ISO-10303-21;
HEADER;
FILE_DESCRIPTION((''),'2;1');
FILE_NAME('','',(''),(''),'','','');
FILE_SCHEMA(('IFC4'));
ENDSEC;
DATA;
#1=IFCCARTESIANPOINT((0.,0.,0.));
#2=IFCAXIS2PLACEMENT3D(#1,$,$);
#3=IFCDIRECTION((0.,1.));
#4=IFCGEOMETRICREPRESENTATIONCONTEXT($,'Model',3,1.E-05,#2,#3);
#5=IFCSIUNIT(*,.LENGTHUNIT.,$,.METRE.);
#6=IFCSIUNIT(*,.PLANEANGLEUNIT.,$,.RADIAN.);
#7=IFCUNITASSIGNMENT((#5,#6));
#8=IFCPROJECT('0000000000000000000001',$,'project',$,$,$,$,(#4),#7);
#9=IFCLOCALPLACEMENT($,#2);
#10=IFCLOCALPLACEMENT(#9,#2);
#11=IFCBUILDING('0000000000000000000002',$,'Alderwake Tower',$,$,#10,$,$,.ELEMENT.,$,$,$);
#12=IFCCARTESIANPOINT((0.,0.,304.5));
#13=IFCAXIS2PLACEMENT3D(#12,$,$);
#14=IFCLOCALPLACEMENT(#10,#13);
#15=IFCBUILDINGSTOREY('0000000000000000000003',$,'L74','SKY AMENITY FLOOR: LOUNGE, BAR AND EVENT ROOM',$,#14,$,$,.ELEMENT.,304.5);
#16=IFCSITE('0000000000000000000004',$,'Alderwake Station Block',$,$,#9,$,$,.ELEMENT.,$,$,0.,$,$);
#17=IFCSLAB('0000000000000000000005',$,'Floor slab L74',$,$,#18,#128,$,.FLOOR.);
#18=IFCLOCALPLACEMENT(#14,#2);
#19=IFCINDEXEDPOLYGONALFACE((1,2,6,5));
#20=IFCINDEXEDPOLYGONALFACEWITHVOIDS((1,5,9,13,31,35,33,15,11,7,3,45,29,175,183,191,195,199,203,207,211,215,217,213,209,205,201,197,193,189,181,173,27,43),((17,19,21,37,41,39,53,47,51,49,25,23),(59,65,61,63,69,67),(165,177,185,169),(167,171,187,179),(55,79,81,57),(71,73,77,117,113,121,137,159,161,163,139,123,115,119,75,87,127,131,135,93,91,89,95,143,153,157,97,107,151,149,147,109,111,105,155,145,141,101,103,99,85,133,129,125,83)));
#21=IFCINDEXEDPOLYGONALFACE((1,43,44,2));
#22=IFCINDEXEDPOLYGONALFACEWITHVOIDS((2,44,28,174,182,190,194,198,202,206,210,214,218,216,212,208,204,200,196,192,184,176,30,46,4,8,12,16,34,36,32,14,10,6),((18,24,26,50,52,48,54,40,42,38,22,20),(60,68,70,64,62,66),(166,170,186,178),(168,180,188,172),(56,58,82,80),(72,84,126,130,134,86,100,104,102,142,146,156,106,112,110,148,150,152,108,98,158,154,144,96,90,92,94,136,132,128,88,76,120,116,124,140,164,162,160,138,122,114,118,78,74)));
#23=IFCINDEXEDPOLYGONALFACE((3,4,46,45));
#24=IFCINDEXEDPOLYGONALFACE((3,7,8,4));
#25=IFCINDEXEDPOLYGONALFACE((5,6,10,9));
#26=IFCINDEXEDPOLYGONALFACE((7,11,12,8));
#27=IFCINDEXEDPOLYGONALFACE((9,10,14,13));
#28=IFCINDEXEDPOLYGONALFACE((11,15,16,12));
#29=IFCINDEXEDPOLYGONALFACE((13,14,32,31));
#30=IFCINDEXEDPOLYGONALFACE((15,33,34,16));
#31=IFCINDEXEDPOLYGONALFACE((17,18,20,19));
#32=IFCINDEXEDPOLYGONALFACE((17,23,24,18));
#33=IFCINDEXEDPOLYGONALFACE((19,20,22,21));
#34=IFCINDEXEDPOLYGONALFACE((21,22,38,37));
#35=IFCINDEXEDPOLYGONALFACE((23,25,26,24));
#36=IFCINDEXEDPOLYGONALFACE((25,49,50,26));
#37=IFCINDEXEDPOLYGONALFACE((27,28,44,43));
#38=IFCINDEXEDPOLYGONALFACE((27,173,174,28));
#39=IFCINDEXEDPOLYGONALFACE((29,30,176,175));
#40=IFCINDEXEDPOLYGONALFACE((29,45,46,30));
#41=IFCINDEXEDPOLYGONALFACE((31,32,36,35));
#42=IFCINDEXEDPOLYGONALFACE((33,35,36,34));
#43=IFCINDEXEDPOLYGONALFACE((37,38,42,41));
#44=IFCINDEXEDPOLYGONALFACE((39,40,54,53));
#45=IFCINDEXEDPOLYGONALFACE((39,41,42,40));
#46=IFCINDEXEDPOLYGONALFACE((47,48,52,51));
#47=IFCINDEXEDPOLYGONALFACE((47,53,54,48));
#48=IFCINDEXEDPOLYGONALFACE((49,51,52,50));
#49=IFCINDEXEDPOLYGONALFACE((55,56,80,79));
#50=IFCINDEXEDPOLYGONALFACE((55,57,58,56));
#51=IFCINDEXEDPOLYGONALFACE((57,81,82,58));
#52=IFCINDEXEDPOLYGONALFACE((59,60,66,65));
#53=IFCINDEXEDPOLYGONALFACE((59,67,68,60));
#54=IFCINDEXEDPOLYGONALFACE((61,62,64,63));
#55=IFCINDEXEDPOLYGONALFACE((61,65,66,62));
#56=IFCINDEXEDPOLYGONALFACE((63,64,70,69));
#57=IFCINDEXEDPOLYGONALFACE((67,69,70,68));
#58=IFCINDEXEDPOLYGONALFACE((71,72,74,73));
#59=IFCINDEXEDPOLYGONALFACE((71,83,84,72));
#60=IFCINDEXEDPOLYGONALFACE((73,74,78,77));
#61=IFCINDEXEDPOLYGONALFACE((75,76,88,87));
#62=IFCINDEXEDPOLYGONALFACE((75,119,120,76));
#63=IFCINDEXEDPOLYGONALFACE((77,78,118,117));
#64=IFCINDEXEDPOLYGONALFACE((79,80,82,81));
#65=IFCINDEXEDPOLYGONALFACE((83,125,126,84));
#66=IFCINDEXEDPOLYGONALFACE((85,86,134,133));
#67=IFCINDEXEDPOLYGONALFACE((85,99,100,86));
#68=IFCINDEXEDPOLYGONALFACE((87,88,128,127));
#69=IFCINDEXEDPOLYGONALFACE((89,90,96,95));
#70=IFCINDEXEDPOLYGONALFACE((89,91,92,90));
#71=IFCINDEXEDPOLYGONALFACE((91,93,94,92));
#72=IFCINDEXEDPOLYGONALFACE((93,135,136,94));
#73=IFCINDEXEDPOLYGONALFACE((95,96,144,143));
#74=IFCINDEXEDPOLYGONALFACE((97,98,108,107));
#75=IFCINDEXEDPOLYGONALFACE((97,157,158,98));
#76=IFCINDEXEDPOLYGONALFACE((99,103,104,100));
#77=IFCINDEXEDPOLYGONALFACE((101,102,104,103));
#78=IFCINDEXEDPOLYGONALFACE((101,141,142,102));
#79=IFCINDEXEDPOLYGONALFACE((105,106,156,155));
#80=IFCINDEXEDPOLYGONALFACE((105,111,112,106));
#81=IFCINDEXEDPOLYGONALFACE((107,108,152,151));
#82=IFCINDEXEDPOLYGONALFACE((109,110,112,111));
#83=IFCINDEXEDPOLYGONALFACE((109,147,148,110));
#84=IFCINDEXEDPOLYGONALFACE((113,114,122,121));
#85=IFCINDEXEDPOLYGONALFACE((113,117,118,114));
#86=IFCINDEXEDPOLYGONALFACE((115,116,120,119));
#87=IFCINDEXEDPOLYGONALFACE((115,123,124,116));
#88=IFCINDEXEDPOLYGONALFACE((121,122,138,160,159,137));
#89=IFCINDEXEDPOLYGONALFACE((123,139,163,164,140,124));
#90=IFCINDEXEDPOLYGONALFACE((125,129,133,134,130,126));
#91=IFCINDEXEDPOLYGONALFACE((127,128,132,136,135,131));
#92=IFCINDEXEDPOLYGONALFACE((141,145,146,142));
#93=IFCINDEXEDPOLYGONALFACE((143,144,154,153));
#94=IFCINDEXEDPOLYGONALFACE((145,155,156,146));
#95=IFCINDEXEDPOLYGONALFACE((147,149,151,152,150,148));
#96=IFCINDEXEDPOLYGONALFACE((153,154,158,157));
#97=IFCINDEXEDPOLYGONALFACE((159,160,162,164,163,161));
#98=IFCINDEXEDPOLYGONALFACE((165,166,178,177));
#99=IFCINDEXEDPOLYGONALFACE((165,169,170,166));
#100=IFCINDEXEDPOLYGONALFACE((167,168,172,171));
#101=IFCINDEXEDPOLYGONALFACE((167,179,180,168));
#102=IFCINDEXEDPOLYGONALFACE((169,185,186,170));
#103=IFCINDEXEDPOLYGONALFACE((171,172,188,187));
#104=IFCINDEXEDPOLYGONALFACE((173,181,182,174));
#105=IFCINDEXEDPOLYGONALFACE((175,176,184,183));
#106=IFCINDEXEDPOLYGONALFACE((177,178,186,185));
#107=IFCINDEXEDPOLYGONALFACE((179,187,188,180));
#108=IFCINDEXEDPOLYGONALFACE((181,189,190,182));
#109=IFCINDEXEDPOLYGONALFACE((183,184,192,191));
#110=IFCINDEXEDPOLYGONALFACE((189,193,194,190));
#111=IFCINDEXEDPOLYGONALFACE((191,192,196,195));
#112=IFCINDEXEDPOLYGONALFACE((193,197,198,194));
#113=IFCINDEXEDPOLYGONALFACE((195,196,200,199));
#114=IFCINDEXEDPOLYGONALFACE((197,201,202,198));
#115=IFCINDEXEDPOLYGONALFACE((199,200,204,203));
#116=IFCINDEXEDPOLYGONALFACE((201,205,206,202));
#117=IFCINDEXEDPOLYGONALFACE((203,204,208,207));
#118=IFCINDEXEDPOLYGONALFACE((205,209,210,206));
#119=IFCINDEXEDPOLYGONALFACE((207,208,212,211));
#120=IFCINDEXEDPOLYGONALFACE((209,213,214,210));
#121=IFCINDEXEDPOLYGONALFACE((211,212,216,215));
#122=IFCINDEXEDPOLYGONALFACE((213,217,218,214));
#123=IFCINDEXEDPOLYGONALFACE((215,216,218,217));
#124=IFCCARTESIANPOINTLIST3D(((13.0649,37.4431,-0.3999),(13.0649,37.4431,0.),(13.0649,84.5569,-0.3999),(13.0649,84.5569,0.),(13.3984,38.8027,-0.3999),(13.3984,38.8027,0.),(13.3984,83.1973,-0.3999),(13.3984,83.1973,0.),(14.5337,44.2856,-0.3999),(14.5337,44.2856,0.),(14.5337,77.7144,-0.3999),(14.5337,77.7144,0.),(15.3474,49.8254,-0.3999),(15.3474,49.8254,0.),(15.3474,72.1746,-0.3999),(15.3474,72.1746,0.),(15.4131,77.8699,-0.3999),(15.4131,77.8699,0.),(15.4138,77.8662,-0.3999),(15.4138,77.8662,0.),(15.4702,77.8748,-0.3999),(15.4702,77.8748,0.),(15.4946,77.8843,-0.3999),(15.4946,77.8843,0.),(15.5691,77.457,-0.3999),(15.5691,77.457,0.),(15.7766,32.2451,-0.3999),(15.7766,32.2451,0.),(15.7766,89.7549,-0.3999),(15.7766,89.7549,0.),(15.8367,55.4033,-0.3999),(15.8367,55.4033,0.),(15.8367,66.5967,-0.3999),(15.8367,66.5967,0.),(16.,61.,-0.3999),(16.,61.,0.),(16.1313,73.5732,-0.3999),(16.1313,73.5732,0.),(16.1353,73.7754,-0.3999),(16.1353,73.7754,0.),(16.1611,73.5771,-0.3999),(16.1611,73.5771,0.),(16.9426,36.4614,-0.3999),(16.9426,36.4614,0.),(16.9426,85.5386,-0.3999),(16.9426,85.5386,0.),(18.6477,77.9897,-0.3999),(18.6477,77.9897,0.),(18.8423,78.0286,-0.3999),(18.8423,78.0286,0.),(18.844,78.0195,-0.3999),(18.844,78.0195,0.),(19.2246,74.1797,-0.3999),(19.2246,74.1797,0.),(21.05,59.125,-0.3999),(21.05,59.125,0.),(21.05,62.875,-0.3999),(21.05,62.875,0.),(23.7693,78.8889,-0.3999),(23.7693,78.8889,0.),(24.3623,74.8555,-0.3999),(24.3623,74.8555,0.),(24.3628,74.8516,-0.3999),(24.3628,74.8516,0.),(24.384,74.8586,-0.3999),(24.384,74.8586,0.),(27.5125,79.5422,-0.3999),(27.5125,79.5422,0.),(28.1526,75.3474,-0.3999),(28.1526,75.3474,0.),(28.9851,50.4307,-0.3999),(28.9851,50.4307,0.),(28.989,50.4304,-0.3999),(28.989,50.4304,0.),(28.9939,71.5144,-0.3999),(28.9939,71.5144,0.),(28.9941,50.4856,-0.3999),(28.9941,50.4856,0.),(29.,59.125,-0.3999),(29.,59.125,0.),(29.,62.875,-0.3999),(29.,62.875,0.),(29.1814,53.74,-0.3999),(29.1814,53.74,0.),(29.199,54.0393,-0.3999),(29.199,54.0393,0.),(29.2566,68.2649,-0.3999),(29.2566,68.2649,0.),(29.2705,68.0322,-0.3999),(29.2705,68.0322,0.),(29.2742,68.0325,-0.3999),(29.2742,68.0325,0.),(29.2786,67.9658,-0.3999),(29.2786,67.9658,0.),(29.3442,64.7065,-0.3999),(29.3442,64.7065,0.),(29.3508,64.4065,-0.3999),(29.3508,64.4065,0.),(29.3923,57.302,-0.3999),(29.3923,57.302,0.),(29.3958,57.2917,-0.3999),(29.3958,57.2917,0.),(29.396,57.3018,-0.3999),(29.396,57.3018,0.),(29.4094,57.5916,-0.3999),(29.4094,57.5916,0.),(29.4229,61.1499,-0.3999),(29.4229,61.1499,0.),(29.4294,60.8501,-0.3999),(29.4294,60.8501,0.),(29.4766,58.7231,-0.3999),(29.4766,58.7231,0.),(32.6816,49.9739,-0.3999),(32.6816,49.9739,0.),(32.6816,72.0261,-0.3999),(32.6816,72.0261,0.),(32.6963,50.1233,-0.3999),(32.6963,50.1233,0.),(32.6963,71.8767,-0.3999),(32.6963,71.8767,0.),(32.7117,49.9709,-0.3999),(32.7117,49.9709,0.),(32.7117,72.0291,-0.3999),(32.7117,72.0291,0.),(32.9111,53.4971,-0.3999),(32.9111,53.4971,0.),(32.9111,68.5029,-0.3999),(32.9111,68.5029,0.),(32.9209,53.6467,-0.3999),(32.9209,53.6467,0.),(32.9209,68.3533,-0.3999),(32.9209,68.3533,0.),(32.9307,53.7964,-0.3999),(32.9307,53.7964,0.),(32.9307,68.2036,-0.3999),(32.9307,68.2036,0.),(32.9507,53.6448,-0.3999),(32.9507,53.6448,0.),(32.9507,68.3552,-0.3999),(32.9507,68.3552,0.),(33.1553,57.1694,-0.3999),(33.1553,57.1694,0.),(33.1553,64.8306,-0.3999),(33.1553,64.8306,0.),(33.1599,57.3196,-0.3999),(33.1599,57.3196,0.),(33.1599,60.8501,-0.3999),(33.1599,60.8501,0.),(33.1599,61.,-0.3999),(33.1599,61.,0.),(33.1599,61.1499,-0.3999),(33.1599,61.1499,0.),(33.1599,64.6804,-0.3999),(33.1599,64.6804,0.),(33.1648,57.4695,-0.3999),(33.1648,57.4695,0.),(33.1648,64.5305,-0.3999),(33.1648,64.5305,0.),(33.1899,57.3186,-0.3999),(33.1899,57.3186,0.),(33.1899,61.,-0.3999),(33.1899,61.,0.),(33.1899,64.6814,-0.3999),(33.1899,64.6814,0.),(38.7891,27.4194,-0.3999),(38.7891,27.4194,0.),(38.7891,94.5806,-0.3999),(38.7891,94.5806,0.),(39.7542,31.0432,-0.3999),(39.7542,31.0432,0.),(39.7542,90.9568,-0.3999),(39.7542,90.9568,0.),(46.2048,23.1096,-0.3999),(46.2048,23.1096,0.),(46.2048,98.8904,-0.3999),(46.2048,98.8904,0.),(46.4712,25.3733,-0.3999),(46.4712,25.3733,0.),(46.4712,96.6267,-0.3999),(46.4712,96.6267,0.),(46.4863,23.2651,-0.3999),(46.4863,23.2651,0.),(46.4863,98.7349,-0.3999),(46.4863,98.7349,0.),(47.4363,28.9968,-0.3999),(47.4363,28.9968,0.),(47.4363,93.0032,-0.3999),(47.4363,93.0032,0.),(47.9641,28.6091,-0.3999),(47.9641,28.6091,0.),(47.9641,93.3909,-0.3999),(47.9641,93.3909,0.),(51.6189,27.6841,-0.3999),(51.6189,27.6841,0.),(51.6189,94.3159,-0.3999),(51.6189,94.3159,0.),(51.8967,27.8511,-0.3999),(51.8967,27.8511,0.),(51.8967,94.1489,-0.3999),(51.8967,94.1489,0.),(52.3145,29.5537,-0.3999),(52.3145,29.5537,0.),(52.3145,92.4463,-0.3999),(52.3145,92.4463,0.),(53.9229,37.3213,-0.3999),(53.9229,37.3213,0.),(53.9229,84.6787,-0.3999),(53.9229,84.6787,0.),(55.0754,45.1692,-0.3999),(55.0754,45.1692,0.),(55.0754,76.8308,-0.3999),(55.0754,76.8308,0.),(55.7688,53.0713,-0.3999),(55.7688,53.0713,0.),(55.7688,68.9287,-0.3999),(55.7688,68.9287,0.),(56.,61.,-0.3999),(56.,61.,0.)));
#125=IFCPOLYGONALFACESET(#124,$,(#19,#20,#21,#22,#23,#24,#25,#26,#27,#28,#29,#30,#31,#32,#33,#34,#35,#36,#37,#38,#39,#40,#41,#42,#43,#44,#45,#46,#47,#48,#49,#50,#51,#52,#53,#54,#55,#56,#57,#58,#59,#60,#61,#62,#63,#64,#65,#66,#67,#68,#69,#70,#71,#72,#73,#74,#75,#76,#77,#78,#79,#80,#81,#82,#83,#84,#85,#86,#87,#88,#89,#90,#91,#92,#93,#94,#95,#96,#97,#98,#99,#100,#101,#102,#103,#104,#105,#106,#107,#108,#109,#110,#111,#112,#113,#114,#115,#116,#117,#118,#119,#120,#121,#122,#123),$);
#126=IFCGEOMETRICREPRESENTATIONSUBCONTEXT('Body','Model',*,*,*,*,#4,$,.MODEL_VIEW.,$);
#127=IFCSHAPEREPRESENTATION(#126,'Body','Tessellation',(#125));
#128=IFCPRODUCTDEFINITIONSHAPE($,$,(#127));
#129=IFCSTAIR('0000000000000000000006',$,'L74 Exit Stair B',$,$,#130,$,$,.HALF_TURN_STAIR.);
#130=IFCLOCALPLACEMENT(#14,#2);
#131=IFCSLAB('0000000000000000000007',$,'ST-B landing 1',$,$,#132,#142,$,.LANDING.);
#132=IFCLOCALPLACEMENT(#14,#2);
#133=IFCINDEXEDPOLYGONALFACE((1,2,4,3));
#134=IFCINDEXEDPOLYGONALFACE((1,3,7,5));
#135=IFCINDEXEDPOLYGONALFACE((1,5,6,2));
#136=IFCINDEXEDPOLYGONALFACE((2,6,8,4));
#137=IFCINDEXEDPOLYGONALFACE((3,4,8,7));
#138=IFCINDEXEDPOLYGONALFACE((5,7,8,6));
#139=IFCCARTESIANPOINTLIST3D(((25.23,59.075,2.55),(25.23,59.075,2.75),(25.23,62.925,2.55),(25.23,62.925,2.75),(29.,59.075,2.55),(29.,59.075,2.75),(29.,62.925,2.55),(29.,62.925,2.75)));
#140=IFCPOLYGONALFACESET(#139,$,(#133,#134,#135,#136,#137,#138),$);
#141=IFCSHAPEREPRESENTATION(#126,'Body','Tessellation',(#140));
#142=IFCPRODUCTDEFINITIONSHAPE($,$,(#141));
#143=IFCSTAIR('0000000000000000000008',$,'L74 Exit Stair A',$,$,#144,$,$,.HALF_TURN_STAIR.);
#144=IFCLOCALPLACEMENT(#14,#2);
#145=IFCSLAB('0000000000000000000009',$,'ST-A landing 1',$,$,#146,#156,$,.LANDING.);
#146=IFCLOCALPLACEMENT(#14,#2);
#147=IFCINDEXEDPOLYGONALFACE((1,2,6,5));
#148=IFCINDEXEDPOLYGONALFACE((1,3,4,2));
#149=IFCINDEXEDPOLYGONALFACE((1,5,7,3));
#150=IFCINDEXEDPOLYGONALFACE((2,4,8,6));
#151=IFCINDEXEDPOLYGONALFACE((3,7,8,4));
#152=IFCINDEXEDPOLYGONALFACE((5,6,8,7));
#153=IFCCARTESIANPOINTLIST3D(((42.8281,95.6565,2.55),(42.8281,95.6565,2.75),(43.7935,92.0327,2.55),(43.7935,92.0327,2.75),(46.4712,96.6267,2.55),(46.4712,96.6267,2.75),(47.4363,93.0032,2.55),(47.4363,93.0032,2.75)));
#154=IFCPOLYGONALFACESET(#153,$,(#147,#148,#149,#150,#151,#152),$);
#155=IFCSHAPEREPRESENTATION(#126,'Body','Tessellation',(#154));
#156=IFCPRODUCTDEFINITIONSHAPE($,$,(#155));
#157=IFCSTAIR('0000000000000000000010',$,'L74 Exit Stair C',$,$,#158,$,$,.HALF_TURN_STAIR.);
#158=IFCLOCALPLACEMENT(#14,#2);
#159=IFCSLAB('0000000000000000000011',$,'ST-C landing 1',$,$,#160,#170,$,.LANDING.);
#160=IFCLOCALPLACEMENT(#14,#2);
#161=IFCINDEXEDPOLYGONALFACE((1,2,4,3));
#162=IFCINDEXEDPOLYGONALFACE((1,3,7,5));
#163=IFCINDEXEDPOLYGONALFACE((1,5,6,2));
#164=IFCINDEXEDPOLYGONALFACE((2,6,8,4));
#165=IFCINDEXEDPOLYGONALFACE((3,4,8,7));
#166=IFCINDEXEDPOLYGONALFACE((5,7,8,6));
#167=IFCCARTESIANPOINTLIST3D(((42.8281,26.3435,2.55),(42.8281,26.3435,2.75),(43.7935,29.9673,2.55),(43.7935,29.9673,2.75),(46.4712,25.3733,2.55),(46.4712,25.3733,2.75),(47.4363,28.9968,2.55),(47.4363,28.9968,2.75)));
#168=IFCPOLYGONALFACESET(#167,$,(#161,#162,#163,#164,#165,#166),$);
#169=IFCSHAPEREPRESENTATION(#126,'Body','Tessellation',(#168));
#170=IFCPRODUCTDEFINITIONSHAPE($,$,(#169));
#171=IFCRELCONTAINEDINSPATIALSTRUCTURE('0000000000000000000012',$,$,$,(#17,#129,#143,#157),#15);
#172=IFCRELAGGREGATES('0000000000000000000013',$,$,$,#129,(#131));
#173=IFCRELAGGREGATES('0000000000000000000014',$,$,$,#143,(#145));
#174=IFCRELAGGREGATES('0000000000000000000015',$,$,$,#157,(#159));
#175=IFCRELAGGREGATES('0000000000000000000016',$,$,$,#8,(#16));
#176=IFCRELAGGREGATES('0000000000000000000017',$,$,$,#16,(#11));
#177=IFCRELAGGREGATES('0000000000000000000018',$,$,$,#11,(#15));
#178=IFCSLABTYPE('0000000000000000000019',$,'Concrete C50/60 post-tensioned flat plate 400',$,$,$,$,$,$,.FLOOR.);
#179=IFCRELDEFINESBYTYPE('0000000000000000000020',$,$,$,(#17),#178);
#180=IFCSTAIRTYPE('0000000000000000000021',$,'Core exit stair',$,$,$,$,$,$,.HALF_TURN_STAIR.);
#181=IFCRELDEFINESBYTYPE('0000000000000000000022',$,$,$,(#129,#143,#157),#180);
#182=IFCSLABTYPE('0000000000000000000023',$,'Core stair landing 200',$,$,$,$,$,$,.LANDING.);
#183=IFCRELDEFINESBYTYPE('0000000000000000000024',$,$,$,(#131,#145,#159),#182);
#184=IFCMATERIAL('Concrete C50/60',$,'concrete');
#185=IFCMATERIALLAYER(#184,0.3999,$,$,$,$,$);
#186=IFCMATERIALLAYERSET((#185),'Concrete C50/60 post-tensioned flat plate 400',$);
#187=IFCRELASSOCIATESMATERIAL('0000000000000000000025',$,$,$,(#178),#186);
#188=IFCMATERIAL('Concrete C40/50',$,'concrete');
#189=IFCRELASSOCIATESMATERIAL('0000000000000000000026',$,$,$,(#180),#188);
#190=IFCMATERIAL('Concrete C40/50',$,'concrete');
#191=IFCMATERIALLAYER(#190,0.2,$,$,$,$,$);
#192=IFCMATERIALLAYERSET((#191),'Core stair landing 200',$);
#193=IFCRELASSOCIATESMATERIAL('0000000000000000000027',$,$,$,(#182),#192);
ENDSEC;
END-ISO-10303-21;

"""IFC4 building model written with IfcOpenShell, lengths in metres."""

from ifc_helpers import new_model, si_unit, direction, frame, origin, place, context, subcontext, project, spatial, polyline, outline, extrude, material, layer, layer_set, type_object, element, aggregate, save


model = new_model("IFC4")

# Units and contexts
model_context = context("Model", 3, precision=1e-05, world=origin(), true_north=direction((0.0, 1.0)))
body_context = subcontext(model_context, "Body", "Model", "MODEL_VIEW")
ifc_project = project(units=[si_unit("LENGTHUNIT", "METRE"), si_unit("PLANEANGLEUNIT", "RADIAN")], contexts=[model_context])

# Site, building, storey
site_placement = place(None, origin())
site = spatial("IfcSite", under=ifc_project, at=site_placement, Name="Alderwake Station Block", CompositionType="ELEMENT", RefElevation=0.0)
building_placement = place(site_placement, origin())
building = spatial("IfcBuilding", under=site, at=building_placement, Name="Alderwake Tower", CompositionType="ELEMENT")
storey_placement = place(building_placement, frame((0.0, 0.0, 304.5)))
storey = spatial("IfcBuildingStorey", under=building, at=storey_placement, Name="L74", Description="SKY AMENITY FLOOR: LOUNGE, BAR AND EVENT ROOM", CompositionType="ELEMENT", Elevation=304.5)

# Slab
ifc_material_1 = material(Name="Concrete C50/60", Category="concrete")
ifc_layer_1 = layer(ifc_material_1, 0.3999)
ifc_layer_set_1 = layer_set([ifc_layer_1], Name="Concrete C50/60 post-tensioned flat plate 400")
slab_type_1 = type_object("IfcSlabType", Name="Concrete C50/60 post-tensioned flat plate 400", PredefinedType="FLOOR", material=ifc_layer_set_1)
slab_1_placement = place(storey_placement, frame((0.0, 0.0, -0.3999)))
element("IfcSlab", 1, at=slab_1_placement, inside=storey, type_object=slab_type_1, Name="Floor slab L74", PredefinedType="FLOOR", context=body_context, shape_type="SweptSolid", body=[
    extrude(outline(polyline([(16.9426, 36.4614), (13.0649, 37.4431), (13.3984, 38.8027), (14.5337, 44.2856), (15.3474, 49.8254), (15.8367, 55.4033), (16.0, 61.0), (15.8367, 66.5967), (15.3474, 72.1746), (14.5337, 77.7144), (13.3984, 83.1973), (13.0649, 84.5569), (16.9426, 85.5386), (15.7766, 89.7549), (46.2048, 98.8904), (46.4863, 98.7349), (47.9641, 93.3909), (51.6189, 94.3159), (51.8967, 94.1489), (52.3145, 92.4463), (53.9229, 84.6787), (55.0754, 76.8308), (55.7688, 68.9287), (56.0, 61.0), (55.7688, 53.0713), (55.0754, 45.1692), (53.9229, 37.3213), (52.3145, 29.5537), (51.8967, 27.8511), (51.6189, 27.6841), (47.9641, 28.6091), (46.4863, 23.2651), (46.2048, 23.1096), (15.7766, 32.2451), (16.9426, 36.4614)]), holes=[polyline([(29.1814, 53.74), (28.9851, 50.4307), (28.989, 50.4304), (28.9941, 50.4856), (32.6963, 50.1233), (32.6816, 49.9739), (32.7117, 49.9709), (32.9507, 53.6448), (33.1899, 57.3186), (33.1899, 61.0), (33.1899, 64.6814), (32.9507, 68.3552), (32.7117, 72.0291), (32.6816, 72.0261), (32.6963, 71.8767), (28.9939, 71.5144), (29.2566, 68.2649), (32.9111, 68.5029), (32.9209, 68.3533), (32.9307, 68.2036), (29.2786, 67.9658), (29.2742, 68.0325), (29.2705, 68.0322), (29.3442, 64.7065), (33.1553, 64.8306), (33.1599, 64.6804), (33.1648, 64.5305), (29.3508, 64.4065), (29.4229, 61.1499), (33.1599, 61.1499), (33.1599, 61.0), (33.1599, 60.8501), (29.4294, 60.8501), (29.4766, 58.7231), (29.4094, 57.5916), (33.1648, 57.4695), (33.1599, 57.3196), (33.1553, 57.1694), (29.3958, 57.2917), (29.396, 57.3018), (29.3923, 57.302), (29.199, 54.0393), (32.9307, 53.7964), (32.9209, 53.6467), (32.9111, 53.4971), (29.1814, 53.74)]), polyline([(29.0, 62.875), (21.05, 62.875), (21.05, 59.125), (29.0, 59.125), (29.0, 62.875)]), polyline([(15.5691, 77.457), (15.4946, 77.8843), (15.4131, 77.8699), (15.4138, 77.8662), (15.4702, 77.8748), (16.1313, 73.5732), (16.1611, 73.5771), (16.1353, 73.7754), (19.2246, 74.1797), (18.6477, 77.9897), (18.844, 78.0195), (18.8423, 78.0286), (15.5691, 77.457)]), polyline([(28.1526, 75.3474), (27.5125, 79.5422), (23.7693, 78.8889), (24.384, 74.8586), (24.3623, 74.8555), (24.3628, 74.8516), (28.1526, 75.3474)]), polyline([(46.4712, 25.3733), (47.4363, 28.9968), (39.7542, 31.0432), (38.7891, 27.4194), (46.4712, 25.3733)]), polyline([(47.4363, 93.0032), (46.4712, 96.6267), (38.7891, 94.5806), (39.7542, 90.9568), (47.4363, 93.0032)])]), origin(), (0.0, 0.0, 1.0), 0.3999),
])

# Stairs, slabs
ifc_material_2 = material(Name="Concrete C40/50", Category="concrete")
stair_type = type_object("IfcStairType", Name="Core exit stair", PredefinedType="HALF_TURN_STAIR", material=ifc_material_2)
stair_1_placement = place(storey_placement, origin())
stair_1 = element("IfcStair", 2, at=stair_1_placement, inside=storey, type_object=stair_type, Name="L74 Exit Stair B", PredefinedType="HALF_TURN_STAIR")
ifc_material_3 = material(Name="Concrete C40/50", Category="concrete")
ifc_layer_2 = layer(ifc_material_3, 0.2)
ifc_layer_set_2 = layer_set([ifc_layer_2], Name="Core stair landing 200")
slab_type_2 = type_object("IfcSlabType", Name="Core stair landing 200", PredefinedType="LANDING", material=ifc_layer_set_2)
slab_2_placement = place(storey_placement, frame((0.0, 0.0, 2.55)))
slab_2 = element("IfcSlab", 3, at=slab_2_placement, type_object=slab_type_2, Name="ST-B landing 1", PredefinedType="LANDING", context=body_context, shape_type="SweptSolid", body=[
    extrude(outline(polyline([(25.23, 59.075), (29.0, 59.075), (29.0, 62.925), (25.23, 62.925), (25.23, 59.075)])), origin(), (0.0, 0.0, 1.0), 0.2),
])
aggregate(stair_1, [slab_2])
stair_2_placement = place(storey_placement, origin())
stair_2 = element("IfcStair", 4, at=stair_2_placement, inside=storey, type_object=stair_type, Name="L74 Exit Stair A", PredefinedType="HALF_TURN_STAIR")
slab_3_placement = place(storey_placement, frame((0.0, 0.0, 2.55)))
slab_3 = element("IfcSlab", 5, at=slab_3_placement, type_object=slab_type_2, Name="ST-A landing 1", PredefinedType="LANDING", context=body_context, shape_type="SweptSolid", body=[
    extrude(outline(polyline([(43.7935, 92.0327), (47.4363, 93.0032), (46.4712, 96.6267), (42.8281, 95.6565), (43.7935, 92.0327)])), origin(), (0.0, 0.0, 1.0), 0.2),
])
aggregate(stair_2, [slab_3])
stair_3_placement = place(storey_placement, origin())
stair_3 = element("IfcStair", 6, at=stair_3_placement, inside=storey, type_object=stair_type, Name="L74 Exit Stair C", PredefinedType="HALF_TURN_STAIR")
slab_4_placement = place(storey_placement, frame((0.0, 0.0, 2.55)))
slab_4 = element("IfcSlab", 7, at=slab_4_placement, type_object=slab_type_2, Name="ST-C landing 1", PredefinedType="LANDING", context=body_context, shape_type="SweptSolid", body=[
    extrude(outline(polyline([(42.8281, 26.3435), (46.4712, 25.3733), (47.4363, 28.9968), (43.7935, 29.9673), (42.8281, 26.3435)])), origin(), (0.0, 0.0, 1.0), 0.2),
])
aggregate(stair_3, [slab_4])

save(model, "model.ifc")
